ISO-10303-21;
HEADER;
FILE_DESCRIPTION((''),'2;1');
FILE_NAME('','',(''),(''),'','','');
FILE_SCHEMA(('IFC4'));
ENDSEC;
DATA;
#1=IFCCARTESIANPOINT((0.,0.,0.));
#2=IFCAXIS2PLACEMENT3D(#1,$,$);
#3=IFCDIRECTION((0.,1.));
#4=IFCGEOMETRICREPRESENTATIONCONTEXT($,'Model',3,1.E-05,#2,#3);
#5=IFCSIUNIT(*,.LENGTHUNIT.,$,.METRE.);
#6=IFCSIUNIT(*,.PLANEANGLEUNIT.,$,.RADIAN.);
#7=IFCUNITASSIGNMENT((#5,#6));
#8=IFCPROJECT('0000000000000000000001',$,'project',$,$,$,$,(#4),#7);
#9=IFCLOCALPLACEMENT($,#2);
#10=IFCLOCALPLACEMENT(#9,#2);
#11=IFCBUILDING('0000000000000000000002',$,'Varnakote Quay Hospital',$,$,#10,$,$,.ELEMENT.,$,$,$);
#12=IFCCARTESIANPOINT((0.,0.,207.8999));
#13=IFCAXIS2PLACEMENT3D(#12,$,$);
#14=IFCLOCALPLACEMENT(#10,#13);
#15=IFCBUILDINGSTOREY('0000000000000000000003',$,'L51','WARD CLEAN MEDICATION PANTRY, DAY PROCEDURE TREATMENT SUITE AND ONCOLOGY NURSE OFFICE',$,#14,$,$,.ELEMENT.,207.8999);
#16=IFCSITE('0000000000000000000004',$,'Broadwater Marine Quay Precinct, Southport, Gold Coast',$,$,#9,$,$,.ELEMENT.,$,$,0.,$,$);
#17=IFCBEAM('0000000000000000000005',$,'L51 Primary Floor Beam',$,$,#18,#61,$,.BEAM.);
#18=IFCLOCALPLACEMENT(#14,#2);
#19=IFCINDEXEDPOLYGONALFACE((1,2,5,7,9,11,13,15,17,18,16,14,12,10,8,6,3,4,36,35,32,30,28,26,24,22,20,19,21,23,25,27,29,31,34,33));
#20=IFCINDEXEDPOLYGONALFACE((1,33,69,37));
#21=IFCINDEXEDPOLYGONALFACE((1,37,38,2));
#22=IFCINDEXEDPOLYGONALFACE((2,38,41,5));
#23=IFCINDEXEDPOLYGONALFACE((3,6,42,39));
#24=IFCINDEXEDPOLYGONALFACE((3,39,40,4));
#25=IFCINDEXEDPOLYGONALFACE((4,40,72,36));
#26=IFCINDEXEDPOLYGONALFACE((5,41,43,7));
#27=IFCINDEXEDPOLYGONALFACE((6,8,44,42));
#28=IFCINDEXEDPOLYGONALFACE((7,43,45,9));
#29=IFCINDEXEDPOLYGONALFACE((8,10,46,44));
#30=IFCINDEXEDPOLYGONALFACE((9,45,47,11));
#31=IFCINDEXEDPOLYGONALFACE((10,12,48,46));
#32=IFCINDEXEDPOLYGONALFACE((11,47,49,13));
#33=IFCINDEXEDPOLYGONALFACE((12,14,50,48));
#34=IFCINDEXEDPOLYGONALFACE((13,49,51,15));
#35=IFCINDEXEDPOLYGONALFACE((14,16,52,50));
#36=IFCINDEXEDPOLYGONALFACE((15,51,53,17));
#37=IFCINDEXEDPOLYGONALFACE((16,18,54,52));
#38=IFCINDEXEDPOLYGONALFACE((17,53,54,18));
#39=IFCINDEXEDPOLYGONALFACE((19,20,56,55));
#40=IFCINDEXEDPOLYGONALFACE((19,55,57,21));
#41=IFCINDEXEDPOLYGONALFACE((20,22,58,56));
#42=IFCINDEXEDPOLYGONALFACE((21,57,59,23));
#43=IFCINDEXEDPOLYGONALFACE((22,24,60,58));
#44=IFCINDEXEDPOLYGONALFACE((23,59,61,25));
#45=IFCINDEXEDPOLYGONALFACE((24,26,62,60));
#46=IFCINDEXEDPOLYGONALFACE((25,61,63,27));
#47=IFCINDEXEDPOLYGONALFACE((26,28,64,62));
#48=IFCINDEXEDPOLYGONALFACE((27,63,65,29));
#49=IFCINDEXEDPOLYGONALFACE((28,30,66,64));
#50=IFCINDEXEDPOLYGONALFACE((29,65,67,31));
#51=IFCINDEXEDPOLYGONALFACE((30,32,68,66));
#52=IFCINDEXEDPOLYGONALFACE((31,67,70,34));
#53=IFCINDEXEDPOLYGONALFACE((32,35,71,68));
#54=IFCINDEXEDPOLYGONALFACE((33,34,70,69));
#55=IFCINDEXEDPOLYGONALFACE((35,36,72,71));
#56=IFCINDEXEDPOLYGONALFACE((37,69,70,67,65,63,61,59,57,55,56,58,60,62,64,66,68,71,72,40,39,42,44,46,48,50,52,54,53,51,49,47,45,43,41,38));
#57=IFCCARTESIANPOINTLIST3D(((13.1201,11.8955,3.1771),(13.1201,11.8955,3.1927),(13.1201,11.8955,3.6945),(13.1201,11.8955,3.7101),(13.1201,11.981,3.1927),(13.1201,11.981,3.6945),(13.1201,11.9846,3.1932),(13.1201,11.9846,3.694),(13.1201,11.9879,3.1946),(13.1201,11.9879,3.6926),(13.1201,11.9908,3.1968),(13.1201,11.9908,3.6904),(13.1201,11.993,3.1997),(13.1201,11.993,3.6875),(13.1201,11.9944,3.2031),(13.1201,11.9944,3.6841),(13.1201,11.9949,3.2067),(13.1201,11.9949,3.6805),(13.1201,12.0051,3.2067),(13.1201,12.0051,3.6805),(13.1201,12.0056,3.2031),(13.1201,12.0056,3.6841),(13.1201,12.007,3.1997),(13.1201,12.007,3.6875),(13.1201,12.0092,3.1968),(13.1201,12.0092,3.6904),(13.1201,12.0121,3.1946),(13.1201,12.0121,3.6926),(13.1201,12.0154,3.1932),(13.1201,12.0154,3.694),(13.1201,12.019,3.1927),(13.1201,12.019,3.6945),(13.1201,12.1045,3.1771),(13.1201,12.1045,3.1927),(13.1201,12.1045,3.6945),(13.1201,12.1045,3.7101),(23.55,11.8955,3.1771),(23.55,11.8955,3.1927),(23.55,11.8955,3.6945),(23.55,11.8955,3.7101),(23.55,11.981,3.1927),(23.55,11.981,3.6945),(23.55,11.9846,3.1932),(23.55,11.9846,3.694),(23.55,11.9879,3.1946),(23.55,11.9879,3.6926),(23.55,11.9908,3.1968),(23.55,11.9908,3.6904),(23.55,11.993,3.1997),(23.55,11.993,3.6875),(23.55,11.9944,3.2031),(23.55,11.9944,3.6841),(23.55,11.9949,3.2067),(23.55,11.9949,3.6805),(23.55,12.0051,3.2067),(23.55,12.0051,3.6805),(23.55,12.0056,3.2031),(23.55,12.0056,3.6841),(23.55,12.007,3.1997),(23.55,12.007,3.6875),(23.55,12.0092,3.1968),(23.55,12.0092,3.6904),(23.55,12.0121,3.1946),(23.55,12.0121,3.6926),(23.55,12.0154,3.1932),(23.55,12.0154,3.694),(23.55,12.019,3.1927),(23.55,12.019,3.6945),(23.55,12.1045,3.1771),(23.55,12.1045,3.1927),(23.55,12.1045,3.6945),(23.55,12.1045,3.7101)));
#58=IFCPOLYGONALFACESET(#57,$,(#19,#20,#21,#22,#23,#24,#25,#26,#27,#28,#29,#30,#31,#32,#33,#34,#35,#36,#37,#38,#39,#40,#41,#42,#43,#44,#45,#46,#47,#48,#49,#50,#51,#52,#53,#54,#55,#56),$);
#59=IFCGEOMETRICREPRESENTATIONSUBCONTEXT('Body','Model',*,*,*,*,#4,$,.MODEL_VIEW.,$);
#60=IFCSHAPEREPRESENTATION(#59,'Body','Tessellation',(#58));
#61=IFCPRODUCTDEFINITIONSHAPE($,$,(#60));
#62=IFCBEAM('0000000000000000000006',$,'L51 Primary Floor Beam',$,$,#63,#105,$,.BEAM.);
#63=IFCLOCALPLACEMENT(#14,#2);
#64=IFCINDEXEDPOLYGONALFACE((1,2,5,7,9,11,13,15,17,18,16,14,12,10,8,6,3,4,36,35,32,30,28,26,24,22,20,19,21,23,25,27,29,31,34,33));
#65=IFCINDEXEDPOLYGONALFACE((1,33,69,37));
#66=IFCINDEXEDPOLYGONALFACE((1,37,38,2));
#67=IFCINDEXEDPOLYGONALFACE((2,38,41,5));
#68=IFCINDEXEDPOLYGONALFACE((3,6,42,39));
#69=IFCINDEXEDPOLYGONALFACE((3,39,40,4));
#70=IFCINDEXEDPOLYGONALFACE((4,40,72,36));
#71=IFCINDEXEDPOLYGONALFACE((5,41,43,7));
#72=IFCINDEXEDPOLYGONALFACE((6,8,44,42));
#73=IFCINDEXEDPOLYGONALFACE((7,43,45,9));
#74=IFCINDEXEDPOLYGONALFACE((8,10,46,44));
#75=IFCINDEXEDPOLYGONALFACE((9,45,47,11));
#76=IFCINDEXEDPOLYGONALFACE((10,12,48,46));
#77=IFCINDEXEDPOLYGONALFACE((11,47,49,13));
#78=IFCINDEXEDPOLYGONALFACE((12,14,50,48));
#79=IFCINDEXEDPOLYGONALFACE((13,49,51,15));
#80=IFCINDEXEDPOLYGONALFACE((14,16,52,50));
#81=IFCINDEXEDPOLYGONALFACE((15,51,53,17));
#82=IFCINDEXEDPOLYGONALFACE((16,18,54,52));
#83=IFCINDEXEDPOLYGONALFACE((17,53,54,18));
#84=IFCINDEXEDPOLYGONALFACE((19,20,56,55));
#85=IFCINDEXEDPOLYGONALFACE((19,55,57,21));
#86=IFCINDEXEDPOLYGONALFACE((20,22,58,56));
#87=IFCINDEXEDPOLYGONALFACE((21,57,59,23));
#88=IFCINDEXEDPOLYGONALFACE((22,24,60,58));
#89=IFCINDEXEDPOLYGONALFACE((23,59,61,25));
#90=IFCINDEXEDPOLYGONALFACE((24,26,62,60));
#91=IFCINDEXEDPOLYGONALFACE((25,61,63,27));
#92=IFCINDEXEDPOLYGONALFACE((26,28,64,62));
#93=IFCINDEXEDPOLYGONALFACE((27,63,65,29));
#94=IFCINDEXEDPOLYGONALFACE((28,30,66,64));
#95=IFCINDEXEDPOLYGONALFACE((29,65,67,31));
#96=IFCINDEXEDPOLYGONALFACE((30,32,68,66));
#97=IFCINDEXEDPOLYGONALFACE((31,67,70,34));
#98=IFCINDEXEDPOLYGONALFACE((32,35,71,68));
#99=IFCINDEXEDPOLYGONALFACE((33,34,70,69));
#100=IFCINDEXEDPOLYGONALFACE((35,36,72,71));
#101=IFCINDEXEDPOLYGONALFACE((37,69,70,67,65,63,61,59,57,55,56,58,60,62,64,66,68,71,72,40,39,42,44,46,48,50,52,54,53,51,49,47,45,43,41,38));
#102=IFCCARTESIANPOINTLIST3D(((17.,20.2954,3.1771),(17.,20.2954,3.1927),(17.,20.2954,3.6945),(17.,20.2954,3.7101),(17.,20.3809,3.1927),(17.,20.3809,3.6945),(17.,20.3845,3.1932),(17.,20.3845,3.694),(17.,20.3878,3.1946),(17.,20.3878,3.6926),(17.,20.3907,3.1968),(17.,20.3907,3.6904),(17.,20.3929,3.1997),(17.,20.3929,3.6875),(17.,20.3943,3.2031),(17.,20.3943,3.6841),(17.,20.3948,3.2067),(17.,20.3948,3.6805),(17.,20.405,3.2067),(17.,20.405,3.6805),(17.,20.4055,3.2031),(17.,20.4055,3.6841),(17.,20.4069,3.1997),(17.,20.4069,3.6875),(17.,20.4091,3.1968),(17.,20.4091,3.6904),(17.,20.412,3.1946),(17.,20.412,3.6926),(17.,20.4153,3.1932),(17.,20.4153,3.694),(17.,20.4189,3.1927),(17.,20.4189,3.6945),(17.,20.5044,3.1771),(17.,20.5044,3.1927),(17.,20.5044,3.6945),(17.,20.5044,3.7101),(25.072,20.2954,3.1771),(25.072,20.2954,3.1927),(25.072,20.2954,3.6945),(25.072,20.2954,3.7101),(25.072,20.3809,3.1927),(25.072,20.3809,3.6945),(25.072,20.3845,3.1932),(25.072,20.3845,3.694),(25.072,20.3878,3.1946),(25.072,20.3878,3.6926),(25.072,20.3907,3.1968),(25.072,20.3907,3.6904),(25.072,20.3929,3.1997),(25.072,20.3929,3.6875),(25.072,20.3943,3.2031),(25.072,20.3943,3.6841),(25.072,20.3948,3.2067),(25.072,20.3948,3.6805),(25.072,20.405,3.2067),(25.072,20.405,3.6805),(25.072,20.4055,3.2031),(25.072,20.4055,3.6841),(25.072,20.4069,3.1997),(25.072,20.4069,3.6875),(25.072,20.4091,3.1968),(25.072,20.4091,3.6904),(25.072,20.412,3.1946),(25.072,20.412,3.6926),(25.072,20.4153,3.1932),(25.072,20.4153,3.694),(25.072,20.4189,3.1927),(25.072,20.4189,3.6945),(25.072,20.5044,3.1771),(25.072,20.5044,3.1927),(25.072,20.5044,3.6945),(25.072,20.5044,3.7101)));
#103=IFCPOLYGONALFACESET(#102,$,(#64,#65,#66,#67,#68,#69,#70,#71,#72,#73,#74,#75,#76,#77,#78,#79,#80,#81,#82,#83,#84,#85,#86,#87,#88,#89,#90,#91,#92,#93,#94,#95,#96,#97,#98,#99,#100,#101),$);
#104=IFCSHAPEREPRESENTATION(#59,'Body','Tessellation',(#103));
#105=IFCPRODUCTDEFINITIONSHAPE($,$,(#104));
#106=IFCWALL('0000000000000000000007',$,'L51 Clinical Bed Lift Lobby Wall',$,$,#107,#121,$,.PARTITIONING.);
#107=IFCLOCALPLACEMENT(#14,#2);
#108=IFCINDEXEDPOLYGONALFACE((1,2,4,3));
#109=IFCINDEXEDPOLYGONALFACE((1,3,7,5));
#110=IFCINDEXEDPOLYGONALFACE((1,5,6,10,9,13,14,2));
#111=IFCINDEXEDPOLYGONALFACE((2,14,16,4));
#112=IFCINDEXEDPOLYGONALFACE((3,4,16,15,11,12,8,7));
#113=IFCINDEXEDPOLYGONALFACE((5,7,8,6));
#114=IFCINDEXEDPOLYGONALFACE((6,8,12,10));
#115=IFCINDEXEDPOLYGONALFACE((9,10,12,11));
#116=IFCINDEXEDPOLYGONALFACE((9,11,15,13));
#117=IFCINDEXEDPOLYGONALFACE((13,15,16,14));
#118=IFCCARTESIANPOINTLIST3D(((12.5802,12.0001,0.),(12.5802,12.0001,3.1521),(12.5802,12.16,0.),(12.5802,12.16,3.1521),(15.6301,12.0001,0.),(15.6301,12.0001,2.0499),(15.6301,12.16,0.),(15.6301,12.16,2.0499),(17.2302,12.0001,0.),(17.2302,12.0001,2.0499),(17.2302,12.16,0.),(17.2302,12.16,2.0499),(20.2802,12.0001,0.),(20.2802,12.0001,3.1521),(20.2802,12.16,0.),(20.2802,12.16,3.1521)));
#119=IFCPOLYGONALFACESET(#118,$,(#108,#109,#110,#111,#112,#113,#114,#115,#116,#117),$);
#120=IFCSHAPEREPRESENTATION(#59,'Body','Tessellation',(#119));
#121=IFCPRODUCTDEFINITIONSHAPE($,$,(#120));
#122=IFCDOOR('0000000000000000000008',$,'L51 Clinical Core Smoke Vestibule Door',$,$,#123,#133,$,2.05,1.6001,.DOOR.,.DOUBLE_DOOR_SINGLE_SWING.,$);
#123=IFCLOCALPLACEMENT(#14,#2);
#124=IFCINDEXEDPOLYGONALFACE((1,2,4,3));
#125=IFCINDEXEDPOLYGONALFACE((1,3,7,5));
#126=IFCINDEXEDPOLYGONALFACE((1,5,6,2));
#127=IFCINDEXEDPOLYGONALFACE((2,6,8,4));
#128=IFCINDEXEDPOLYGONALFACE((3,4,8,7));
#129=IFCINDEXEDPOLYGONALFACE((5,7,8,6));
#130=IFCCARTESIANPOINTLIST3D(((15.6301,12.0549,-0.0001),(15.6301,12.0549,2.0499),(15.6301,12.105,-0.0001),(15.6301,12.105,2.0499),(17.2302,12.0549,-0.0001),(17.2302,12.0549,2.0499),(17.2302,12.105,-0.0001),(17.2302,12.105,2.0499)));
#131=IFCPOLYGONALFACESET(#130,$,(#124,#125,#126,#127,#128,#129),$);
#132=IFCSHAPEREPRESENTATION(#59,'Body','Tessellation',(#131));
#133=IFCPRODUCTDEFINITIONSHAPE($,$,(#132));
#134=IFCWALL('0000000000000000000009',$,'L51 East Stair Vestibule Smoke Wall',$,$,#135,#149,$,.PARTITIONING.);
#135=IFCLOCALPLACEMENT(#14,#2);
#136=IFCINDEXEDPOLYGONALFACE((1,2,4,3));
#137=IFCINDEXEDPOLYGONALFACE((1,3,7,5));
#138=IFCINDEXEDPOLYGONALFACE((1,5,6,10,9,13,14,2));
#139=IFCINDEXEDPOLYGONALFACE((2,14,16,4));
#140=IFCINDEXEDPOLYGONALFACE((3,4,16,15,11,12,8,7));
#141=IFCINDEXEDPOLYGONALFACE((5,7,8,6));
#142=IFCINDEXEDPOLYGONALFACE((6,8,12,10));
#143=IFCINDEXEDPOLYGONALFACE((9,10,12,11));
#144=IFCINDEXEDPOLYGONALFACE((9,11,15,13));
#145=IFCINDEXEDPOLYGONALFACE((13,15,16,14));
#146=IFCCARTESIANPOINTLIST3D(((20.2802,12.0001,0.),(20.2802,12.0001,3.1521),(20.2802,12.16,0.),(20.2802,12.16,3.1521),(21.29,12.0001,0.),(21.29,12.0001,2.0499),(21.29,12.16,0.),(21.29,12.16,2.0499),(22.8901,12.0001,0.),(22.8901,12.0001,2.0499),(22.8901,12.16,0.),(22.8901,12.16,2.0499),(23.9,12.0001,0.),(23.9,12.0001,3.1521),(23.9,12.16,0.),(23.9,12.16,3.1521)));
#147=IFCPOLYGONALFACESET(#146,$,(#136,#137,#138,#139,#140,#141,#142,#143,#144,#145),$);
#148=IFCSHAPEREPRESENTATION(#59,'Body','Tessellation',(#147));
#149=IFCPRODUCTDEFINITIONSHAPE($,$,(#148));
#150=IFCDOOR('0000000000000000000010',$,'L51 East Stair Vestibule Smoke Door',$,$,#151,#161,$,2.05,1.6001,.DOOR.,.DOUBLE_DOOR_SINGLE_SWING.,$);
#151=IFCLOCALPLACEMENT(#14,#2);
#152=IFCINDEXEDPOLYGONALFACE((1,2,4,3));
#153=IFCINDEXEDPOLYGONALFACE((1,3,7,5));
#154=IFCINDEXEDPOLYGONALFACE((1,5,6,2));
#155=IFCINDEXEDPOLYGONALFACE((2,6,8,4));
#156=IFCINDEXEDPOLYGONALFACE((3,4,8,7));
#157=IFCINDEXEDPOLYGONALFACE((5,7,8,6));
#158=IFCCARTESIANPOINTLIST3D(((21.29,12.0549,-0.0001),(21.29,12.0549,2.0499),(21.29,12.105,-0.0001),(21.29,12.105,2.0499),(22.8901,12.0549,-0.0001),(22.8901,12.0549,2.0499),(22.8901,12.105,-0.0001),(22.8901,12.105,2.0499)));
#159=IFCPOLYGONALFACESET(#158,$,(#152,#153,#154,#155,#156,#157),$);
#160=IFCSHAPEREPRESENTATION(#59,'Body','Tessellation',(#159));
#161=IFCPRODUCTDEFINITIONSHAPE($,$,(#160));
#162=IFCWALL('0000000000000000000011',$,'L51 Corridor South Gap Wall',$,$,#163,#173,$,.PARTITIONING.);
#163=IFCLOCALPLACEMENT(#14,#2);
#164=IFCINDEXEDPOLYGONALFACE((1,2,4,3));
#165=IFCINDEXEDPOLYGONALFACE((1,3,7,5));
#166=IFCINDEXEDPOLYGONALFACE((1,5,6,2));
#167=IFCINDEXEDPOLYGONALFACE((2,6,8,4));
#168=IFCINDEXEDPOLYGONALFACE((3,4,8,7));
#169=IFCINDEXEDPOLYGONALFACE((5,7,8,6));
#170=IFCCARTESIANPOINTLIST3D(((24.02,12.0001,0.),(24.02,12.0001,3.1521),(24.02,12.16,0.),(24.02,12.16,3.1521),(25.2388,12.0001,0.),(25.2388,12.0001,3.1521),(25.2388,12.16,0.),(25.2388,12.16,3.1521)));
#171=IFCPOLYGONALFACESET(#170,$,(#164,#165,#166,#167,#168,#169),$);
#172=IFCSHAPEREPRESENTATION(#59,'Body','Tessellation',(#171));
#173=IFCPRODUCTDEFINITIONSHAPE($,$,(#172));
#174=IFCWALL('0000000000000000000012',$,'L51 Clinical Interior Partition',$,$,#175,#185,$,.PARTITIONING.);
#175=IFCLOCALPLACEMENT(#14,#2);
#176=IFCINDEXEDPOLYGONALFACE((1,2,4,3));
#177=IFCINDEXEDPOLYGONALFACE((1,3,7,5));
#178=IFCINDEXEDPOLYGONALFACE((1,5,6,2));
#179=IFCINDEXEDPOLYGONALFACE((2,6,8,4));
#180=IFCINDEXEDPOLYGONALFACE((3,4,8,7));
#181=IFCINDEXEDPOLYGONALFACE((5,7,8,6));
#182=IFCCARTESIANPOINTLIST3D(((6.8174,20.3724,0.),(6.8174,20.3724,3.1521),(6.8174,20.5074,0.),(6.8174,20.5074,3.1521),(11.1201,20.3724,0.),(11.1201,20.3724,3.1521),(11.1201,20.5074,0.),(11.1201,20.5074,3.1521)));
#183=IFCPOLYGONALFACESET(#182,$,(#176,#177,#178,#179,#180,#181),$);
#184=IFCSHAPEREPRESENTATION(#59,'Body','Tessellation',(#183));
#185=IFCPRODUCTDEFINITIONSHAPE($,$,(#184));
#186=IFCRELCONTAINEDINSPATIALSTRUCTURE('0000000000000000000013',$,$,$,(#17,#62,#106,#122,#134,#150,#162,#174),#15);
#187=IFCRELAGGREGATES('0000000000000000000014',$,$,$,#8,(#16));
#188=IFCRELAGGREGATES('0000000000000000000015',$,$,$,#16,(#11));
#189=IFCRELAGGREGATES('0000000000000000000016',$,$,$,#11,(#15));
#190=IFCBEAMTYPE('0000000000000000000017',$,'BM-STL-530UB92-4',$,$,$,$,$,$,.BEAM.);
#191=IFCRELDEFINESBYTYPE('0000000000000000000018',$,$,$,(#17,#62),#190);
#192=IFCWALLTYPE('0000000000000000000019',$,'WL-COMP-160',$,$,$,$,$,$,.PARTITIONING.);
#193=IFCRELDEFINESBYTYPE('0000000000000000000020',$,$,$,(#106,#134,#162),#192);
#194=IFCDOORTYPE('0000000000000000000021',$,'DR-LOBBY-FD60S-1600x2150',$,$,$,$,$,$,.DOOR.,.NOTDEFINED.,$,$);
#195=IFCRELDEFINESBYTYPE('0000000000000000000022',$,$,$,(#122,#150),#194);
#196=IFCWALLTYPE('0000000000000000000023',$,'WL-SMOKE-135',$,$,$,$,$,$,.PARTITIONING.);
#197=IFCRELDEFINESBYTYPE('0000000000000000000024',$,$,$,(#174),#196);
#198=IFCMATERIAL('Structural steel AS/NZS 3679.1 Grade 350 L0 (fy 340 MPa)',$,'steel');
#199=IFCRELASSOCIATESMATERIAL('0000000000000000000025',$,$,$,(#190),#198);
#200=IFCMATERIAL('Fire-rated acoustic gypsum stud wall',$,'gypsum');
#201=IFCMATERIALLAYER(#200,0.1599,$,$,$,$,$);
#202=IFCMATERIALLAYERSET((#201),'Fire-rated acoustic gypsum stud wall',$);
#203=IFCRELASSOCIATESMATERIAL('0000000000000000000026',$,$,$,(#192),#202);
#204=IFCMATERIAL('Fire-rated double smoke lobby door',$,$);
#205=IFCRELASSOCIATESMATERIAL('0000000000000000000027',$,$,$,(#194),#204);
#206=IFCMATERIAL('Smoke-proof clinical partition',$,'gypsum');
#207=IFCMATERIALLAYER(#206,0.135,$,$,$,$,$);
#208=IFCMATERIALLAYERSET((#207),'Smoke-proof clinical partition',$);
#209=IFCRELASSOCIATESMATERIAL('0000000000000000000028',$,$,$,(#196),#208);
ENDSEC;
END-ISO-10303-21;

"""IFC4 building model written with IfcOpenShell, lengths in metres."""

from ifc_helpers import new_model, si_unit, direction, frame, frame_2d, origin, origin_2d, place, context, subcontext, project, spatial, rectangle, i_section, extrude, material, layer, layer_set, material_profile, profile_set, type_object, element, fill, save


model = new_model("IFC4")

# Units and contexts
model_context = context("Model", 3, precision=1e-05, world=origin(), true_north=direction((0.0, 1.0)))
body_context = subcontext(model_context, "Body", "Model", "MODEL_VIEW")
ifc_project = project(units=[si_unit("LENGTHUNIT", "METRE"), si_unit("PLANEANGLEUNIT", "RADIAN")], contexts=[model_context])

# Site, building, storey
site_placement = place(None, origin())
site = spatial("IfcSite", under=ifc_project, at=site_placement, Name="Broadwater Marine Quay Precinct, Southport, Gold Coast", CompositionType="ELEMENT", RefElevation=0.0)
building_placement = place(site_placement, origin())
building = spatial("IfcBuilding", under=site, at=building_placement, Name="Varnakote Quay Hospital", CompositionType="ELEMENT")
storey_placement = place(building_placement, frame((0.0, 0.0, 207.8999)))
storey = spatial("IfcBuildingStorey", under=building, at=storey_placement, Name="L51", Description="WARD CLEAN MEDICATION PANTRY, DAY PROCEDURE TREATMENT SUITE AND ONCOLOGY NURSE OFFICE", CompositionType="ELEMENT", Elevation=207.8999)

# Beams
ifc_material_1 = material(Name="Structural steel AS/NZS 3679.1 Grade 350 L0 (fy 340 MPa)", Category="steel")
ifc_material_profile_1 = material_profile(ifc_material_1, i_section(OverallWidth=0.209, OverallDepth=0.533, WebThickness=0.0103, FlangeThickness=0.0156, FilletRadius=0.0139, at=origin_2d()), Name="530UB92.4")
ifc_profile_set_1 = profile_set([ifc_material_profile_1], Name="Structural steel AS/NZS 3679.1 Grade 350 L0 (fy 340 MPa)")
beam_type_1 = type_object("IfcBeamType", Name="BM-STL-530UB92-4", PredefinedType="BEAM", material=ifc_profile_set_1)
beam_1_placement = place(storey_placement, frame((13.1201, 12.0, 3.4436), z_axis=(1.0, 0.0, 0.0), x_axis=(0.0, 1.0, 0.0)))
element("IfcBeam", 1, at=beam_1_placement, inside=storey, type_object=beam_type_1, Name="L51 Primary Floor Beam", PredefinedType="BEAM", context=body_context, shape_type="SweptSolid", body=[
    extrude(i_section(OverallWidth=0.209, OverallDepth=0.533, WebThickness=0.0103, FlangeThickness=0.0156, FilletRadius=0.0139, at=origin_2d()), origin(), (0.0, 0.0, 1.0), 10.4299),
])
beam_2_placement = place(storey_placement, frame((17.0, 20.3999, 3.4436), z_axis=(1.0, 0.0, 0.0), x_axis=(0.0, 1.0, 0.0)))
element("IfcBeam", 2, at=beam_2_placement, inside=storey, type_object=beam_type_1, Name="L51 Primary Floor Beam", PredefinedType="BEAM", context=body_context, shape_type="SweptSolid", body=[
    extrude(i_section(OverallWidth=0.209, OverallDepth=0.533, WebThickness=0.0103, FlangeThickness=0.0156, FilletRadius=0.0139, at=origin_2d()), origin(), (0.0, 0.0, 1.0), 8.072),
])

# Walls, openings, doors
ifc_material_2 = material(Name="Fire-rated acoustic gypsum stud wall", Category="gypsum")
ifc_layer_1 = layer(ifc_material_2, 0.1599)
ifc_layer_set_1 = layer_set([ifc_layer_1], Name="Fire-rated acoustic gypsum stud wall")
wall_type_1 = type_object("IfcWallType", Name="WL-COMP-160", PredefinedType="PARTITIONING", material=ifc_layer_set_1)
wall_1_placement = place(storey_placement, frame((12.5801, 12.0801, 0.0), z_axis=(0.0, 0.0, 1.0), x_axis=(1.0, 0.0, 0.0)))
wall_1 = element("IfcWall", 3, at=wall_1_placement, inside=storey, type_object=wall_type_1, Name="L51 Clinical Bed Lift Lobby Wall", PredefinedType="PARTITIONING", context=body_context, shape_type="SweptSolid", body=[
    extrude(rectangle(XDim=7.7, YDim=0.1599, at=frame_2d((3.8501, 0.0))), origin(), (0.0, 0.0, 1.0), 3.1521),
])
opening_1_placement = place(wall_1_placement, frame((3.05, 0.0, 0.0)))
opening_1 = element("IfcOpeningElement", 4, at=opening_1_placement, cuts=wall_1, PredefinedType="OPENING", context=body_context, shape_type="SweptSolid", body=[
    extrude(rectangle(XDim=1.6001, YDim=2.05, at=frame_2d((0.8, 1.0249))), frame((0.0, 0.0898, 0.0), z_axis=(0.0, -1.0, 0.0), x_axis=(1.0, 0.0, 0.0)), (0.0, 0.0, 1.0), 0.1799),
])
ifc_material_3 = material(Name="Fire-rated double smoke lobby door")
door_type_1 = type_object("IfcDoorType", Name="DR-LOBBY-FD60S-1600x2150", OperationType="NOTDEFINED", PredefinedType="DOOR", material=ifc_material_3)
door_1_placement = place(opening_1_placement, origin())
door_1 = element("IfcDoor", 5, at=door_1_placement, inside=storey, type_object=door_type_1, Name="L51 Clinical Core Smoke Vestibule Door", OperationType="DOUBLE_DOOR_SINGLE_SWING", OverallHeight=2.05, OverallWidth=1.6001, PredefinedType="DOOR", context=body_context, shape_type="SweptSolid", body=[
    extrude(rectangle(XDim=1.6001, YDim=2.05, at=frame_2d((0.8, 1.0249))), frame((0.0, 0.0249, 0.0), z_axis=(0.0, -1.0, 0.0), x_axis=(1.0, 0.0, 0.0)), (0.0, 0.0, 1.0), 0.05),
])
fill(opening_1, door_1)
wall_2_placement = place(storey_placement, frame((20.28, 12.0801, 0.0), z_axis=(0.0, 0.0, 1.0), x_axis=(1.0, 0.0, 0.0)))
wall_2 = element("IfcWall", 6, at=wall_2_placement, inside=storey, type_object=wall_type_1, Name="L51 East Stair Vestibule Smoke Wall", PredefinedType="PARTITIONING", context=body_context, shape_type="SweptSolid", body=[
    extrude(rectangle(XDim=3.6199, YDim=0.1599, at=frame_2d((1.8101, 0.0))), origin(), (0.0, 0.0, 1.0), 3.1521),
])
opening_2_placement = place(wall_2_placement, frame((1.01, 0.0, 0.0)))
opening_2 = element("IfcOpeningElement", 7, at=opening_2_placement, cuts=wall_2, PredefinedType="OPENING", context=body_context, shape_type="SweptSolid", body=[
    extrude(rectangle(XDim=1.6001, YDim=2.05, at=frame_2d((0.8, 1.0249))), frame((0.0, 0.0898, 0.0), z_axis=(0.0, -1.0, 0.0), x_axis=(1.0, 0.0, 0.0)), (0.0, 0.0, 1.0), 0.1799),
])
door_2_placement = place(opening_2_placement, origin())
door_2 = element("IfcDoor", 8, at=door_2_placement, inside=storey, type_object=door_type_1, Name="L51 East Stair Vestibule Smoke Door", OperationType="DOUBLE_DOOR_SINGLE_SWING", OverallHeight=2.05, OverallWidth=1.6001, PredefinedType="DOOR", context=body_context, shape_type="SweptSolid", body=[
    extrude(rectangle(XDim=1.6001, YDim=2.05, at=frame_2d((0.8, 1.0249))), frame((0.0, 0.0249, 0.0), z_axis=(0.0, -1.0, 0.0), x_axis=(1.0, 0.0, 0.0)), (0.0, 0.0, 1.0), 0.05),
])
fill(opening_2, door_2)

# Walls
wall_3_placement = place(storey_placement, frame((24.02, 12.0801, 0.0), z_axis=(0.0, 0.0, 1.0), x_axis=(1.0, 0.0, 0.0)))
element("IfcWall", 9, at=wall_3_placement, inside=storey, type_object=wall_type_1, Name="L51 Corridor South Gap Wall", PredefinedType="PARTITIONING", context=body_context, shape_type="SweptSolid", body=[
    extrude(rectangle(XDim=1.2188, YDim=0.1599, at=frame_2d((0.6094, 0.0))), origin(), (0.0, 0.0, 1.0), 3.1521),
])
ifc_material_4 = material(Name="Smoke-proof clinical partition", Category="gypsum")
ifc_layer_2 = layer(ifc_material_4, 0.135)
ifc_layer_set_2 = layer_set([ifc_layer_2], Name="Smoke-proof clinical partition")
wall_type_2 = type_object("IfcWallType", Name="WL-SMOKE-135", PredefinedType="PARTITIONING", material=ifc_layer_set_2)
wall_4_placement = place(storey_placement, frame((11.1201, 20.4399, 0.0), z_axis=(0.0, 0.0, 1.0), x_axis=(-1.0, 0.0, 0.0)))
element("IfcWall", 10, at=wall_4_placement, inside=storey, type_object=wall_type_2, Name="L51 Clinical Interior Partition", PredefinedType="PARTITIONING", context=body_context, shape_type="SweptSolid", body=[
    extrude(rectangle(XDim=4.3027, YDim=0.135, at=frame_2d((2.1514, 0.0))), origin(), (0.0, 0.0, 1.0), 3.1521),
])

save(model, "model.ifc")
